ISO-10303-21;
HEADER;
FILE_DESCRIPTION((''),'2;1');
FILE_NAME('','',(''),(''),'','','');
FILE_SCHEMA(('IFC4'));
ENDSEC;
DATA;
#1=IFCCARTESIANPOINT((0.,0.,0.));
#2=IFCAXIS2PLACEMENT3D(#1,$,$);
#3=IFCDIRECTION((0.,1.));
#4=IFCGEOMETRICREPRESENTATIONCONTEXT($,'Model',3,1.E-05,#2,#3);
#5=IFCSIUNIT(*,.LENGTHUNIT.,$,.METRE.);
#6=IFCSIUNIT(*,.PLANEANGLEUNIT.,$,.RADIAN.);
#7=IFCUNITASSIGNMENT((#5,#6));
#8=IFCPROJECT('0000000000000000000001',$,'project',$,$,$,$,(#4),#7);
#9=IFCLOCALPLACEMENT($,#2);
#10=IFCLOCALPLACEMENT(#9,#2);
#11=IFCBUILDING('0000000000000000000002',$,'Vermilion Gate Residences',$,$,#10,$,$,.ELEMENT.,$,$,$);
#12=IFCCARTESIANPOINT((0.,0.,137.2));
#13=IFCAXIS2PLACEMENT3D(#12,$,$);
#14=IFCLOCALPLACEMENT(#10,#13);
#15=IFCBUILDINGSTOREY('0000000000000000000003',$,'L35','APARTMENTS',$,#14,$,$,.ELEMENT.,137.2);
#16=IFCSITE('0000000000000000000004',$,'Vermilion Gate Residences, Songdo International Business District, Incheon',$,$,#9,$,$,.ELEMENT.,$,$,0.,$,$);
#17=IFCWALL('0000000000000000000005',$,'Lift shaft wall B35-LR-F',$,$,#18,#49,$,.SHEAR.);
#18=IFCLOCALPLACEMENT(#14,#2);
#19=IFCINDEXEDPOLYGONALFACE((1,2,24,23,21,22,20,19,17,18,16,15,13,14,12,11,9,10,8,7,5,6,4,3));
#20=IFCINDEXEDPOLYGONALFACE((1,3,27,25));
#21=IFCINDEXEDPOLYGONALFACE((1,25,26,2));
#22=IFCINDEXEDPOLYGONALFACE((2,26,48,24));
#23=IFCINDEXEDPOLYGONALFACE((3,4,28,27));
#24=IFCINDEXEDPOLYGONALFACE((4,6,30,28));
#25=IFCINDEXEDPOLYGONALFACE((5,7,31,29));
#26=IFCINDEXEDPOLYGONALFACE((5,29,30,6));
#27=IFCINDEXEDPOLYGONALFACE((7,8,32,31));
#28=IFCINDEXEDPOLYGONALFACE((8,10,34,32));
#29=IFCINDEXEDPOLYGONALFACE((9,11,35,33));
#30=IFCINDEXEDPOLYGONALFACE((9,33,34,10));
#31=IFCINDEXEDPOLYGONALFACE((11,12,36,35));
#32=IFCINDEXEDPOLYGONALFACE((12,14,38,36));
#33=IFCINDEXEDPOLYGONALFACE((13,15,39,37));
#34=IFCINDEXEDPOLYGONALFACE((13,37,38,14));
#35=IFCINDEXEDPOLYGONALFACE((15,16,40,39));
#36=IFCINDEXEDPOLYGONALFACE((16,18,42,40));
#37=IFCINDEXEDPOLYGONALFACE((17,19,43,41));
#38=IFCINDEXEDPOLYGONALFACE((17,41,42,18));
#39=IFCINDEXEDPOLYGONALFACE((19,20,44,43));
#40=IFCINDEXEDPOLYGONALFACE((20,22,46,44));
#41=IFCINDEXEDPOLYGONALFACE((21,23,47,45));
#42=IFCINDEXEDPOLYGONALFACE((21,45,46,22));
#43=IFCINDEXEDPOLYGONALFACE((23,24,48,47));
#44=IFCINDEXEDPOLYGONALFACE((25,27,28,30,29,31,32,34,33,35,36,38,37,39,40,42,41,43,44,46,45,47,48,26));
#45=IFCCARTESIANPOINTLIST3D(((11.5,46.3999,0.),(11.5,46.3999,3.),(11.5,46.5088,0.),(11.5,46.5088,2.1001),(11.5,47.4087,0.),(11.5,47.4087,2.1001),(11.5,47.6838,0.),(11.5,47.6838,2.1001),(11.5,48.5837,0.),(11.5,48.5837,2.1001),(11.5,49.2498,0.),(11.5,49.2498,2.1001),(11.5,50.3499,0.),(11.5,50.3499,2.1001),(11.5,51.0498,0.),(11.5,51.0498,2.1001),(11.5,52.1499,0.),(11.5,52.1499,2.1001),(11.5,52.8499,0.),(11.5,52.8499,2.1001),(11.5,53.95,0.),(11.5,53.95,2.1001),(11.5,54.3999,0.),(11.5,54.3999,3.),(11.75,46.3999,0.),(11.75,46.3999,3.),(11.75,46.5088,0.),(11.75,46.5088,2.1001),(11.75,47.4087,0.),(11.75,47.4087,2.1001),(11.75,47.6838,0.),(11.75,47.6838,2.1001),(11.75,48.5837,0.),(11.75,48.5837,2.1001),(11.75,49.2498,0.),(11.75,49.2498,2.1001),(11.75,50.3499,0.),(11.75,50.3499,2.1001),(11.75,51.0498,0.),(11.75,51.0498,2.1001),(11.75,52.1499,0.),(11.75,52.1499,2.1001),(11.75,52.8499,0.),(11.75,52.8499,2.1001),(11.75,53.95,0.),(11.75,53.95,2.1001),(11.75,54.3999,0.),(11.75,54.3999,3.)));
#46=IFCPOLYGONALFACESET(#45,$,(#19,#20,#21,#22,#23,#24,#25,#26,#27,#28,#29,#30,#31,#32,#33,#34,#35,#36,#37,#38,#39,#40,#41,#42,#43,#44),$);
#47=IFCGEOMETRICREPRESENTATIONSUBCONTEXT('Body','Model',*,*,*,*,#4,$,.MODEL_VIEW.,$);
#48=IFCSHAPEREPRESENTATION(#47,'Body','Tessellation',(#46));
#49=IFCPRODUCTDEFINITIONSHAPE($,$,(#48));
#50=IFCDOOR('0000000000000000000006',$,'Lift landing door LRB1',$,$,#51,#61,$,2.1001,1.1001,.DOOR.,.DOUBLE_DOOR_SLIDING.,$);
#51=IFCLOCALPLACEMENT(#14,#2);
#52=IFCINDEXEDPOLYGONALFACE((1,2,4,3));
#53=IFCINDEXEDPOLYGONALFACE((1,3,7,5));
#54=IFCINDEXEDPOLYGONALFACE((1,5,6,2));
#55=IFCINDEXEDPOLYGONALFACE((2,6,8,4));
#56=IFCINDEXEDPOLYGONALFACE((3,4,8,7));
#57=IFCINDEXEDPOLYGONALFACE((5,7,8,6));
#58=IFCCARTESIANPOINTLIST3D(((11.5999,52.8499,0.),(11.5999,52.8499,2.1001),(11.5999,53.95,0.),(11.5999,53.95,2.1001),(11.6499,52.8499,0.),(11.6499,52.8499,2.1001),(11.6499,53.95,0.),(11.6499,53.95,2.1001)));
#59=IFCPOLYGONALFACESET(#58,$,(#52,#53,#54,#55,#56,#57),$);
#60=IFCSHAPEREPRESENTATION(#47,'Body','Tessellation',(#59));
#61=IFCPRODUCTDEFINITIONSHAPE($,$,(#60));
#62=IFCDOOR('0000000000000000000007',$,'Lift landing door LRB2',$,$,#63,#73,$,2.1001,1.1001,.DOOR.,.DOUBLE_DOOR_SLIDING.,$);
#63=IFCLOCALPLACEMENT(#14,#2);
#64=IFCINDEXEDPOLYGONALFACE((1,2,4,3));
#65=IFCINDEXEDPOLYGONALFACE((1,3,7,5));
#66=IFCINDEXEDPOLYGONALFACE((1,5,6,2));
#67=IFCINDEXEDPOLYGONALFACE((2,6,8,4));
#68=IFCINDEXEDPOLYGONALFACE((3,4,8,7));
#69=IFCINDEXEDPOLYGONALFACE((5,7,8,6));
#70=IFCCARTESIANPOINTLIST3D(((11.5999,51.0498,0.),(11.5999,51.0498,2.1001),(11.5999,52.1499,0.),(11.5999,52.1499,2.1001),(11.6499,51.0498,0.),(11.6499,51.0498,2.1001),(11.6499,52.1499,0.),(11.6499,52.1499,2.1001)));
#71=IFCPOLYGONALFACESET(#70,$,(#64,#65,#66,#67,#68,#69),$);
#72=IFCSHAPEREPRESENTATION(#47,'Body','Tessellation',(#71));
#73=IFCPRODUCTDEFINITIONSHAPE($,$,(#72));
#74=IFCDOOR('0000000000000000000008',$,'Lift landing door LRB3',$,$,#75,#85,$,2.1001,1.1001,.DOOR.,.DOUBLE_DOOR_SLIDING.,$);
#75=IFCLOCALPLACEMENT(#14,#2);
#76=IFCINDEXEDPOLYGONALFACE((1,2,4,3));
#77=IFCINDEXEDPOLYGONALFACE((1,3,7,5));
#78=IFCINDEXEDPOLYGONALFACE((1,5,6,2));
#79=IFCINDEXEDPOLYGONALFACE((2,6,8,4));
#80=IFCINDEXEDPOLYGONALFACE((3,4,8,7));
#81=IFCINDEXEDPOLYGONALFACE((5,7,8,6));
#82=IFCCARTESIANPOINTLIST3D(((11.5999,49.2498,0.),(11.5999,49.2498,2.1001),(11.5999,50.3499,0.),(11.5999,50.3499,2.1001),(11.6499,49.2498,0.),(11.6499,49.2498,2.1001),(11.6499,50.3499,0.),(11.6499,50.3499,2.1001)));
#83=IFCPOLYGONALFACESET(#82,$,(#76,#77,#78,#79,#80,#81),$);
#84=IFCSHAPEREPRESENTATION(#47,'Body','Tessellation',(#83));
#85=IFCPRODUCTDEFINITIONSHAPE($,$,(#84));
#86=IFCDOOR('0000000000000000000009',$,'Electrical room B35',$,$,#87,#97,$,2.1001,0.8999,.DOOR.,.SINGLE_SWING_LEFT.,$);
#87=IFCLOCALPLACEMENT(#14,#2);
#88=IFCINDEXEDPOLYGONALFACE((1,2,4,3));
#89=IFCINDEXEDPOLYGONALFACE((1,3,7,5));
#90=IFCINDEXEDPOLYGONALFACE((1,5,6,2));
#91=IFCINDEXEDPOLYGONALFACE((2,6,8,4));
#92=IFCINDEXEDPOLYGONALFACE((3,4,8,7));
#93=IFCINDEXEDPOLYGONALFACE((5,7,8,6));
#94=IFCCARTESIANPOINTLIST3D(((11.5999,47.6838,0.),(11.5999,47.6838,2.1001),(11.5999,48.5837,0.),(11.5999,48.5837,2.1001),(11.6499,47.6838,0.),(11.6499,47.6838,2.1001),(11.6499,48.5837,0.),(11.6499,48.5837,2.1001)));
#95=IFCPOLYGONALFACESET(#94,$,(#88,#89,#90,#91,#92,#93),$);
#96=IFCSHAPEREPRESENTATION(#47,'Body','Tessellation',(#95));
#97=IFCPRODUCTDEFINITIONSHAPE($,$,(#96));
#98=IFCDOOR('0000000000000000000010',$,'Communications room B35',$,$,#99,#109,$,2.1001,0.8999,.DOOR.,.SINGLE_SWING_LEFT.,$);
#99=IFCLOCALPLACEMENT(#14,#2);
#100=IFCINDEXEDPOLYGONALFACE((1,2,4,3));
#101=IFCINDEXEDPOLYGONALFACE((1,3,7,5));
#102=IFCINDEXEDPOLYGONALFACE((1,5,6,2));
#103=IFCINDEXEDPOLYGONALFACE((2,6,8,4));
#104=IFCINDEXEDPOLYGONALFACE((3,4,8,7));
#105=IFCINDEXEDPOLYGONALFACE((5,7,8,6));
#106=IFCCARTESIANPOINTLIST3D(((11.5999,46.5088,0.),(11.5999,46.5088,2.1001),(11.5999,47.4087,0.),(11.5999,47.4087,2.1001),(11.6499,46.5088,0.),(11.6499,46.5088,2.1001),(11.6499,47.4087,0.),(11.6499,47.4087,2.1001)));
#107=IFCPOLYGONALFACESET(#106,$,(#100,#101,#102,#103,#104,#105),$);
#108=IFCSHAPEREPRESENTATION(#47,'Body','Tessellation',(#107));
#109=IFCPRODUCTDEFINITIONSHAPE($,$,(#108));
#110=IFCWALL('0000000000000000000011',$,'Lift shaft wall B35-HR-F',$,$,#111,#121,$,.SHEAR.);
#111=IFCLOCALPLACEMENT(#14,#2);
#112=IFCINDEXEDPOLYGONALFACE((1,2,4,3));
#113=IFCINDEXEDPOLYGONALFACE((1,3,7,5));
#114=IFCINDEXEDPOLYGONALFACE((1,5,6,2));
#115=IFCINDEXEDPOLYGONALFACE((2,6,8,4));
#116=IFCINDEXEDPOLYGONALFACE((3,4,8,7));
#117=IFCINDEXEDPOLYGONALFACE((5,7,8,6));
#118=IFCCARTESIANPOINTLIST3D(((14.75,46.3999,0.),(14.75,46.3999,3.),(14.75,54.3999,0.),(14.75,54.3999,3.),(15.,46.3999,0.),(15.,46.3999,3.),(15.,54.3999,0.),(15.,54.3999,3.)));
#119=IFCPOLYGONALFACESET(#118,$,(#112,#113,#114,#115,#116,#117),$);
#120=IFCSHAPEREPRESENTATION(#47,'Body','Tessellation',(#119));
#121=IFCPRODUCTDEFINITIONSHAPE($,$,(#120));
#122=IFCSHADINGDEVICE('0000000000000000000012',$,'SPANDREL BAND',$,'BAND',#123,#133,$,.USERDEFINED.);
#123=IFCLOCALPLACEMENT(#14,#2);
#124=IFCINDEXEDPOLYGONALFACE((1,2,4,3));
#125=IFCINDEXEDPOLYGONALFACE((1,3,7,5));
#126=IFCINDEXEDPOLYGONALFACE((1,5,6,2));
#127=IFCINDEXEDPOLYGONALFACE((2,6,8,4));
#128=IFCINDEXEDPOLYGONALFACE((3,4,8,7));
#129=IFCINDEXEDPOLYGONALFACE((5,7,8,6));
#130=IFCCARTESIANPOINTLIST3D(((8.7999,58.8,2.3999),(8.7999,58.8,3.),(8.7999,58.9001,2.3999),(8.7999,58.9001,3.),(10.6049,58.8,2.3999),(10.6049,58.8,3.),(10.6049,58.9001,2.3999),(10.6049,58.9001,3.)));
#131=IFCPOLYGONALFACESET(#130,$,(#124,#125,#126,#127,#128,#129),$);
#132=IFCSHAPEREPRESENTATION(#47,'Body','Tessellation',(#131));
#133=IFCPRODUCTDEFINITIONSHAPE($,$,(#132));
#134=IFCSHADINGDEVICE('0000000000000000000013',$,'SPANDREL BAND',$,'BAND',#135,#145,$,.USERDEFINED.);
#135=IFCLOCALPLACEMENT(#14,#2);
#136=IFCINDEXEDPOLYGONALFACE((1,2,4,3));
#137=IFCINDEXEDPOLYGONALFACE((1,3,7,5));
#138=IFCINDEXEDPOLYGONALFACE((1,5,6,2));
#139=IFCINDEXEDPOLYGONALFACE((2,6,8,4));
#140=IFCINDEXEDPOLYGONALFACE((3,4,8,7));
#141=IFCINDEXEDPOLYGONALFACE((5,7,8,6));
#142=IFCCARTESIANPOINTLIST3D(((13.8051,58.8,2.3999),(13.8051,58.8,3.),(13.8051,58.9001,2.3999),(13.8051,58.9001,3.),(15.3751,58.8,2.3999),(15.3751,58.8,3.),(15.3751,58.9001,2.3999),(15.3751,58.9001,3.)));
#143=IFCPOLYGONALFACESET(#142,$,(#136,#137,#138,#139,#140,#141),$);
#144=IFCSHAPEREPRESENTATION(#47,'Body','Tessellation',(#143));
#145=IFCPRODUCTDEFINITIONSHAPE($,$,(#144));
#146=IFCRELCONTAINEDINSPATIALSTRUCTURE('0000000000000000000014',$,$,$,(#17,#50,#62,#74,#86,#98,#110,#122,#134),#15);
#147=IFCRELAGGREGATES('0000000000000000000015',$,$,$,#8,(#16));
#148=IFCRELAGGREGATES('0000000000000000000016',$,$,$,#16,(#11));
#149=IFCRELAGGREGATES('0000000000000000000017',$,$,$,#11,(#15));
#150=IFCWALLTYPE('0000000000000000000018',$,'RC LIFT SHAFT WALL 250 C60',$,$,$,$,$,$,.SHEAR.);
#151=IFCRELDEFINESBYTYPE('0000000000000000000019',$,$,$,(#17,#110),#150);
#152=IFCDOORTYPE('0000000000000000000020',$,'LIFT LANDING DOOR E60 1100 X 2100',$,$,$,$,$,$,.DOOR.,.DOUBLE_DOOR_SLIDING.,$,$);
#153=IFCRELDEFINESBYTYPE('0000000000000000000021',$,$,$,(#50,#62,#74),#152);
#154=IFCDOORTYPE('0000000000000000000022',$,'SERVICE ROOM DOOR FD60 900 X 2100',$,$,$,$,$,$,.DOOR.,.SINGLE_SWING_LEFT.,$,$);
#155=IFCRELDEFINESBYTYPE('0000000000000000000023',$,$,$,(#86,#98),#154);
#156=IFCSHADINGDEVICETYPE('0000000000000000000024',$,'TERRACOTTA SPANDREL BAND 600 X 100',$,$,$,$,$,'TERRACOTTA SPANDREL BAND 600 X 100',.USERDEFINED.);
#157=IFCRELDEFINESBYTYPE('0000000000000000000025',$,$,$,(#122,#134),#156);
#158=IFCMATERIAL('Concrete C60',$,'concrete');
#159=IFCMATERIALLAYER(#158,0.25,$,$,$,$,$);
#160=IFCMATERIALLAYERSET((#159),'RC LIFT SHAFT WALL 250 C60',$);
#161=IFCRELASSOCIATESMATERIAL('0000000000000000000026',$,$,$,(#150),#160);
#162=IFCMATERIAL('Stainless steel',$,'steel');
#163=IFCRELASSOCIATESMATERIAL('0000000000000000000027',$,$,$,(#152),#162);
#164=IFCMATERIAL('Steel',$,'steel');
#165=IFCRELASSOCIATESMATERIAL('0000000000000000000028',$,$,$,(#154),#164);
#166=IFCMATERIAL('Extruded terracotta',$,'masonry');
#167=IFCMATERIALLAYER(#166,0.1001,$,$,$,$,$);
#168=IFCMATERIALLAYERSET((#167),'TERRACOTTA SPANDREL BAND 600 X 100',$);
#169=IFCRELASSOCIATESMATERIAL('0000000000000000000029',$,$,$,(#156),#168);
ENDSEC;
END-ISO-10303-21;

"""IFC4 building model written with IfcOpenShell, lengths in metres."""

from ifc_helpers import new_model, si_unit, direction, frame, frame_2d, origin, origin_2d, place, context, subcontext, project, spatial, rectangle, extrude, material, layer, layer_set, type_object, element, fill, save


model = new_model("IFC4")

# Units and contexts
model_context = context("Model", 3, precision=1e-05, world=origin(), true_north=direction((0.0, 1.0)))
body_context = subcontext(model_context, "Body", "Model", "MODEL_VIEW")
ifc_project = project(units=[si_unit("LENGTHUNIT", "METRE"), si_unit("PLANEANGLEUNIT", "RADIAN")], contexts=[model_context])

# Site, building, storey
site_placement = place(None, origin())
site = spatial("IfcSite", under=ifc_project, at=site_placement, Name="Vermilion Gate Residences, Songdo International Business District, Incheon", CompositionType="ELEMENT", RefElevation=0.0)
building_placement = place(site_placement, origin())
building = spatial("IfcBuilding", under=site, at=building_placement, Name="Vermilion Gate Residences", CompositionType="ELEMENT")
storey_placement = place(building_placement, frame((0.0, 0.0, 137.2)))
storey = spatial("IfcBuildingStorey", under=building, at=storey_placement, Name="L35", Description="APARTMENTS", CompositionType="ELEMENT", Elevation=137.2)

# Wall, openings, doors
ifc_material_1 = material(Name="Concrete C60", Category="concrete")
ifc_layer_1 = layer(ifc_material_1, 0.25)
ifc_layer_set_1 = layer_set([ifc_layer_1], Name="RC LIFT SHAFT WALL 250 C60")
wall_type_1 = type_object("IfcWallType", Name="RC LIFT SHAFT WALL 250 C60", PredefinedType="SHEAR", material=ifc_layer_set_1)
wall_1_placement = place(storey_placement, frame((11.625, 54.3999, 0.0), z_axis=(0.0, 0.0, 1.0), x_axis=(0.0, -1.0, 0.0)))
wall_1 = element("IfcWall", 1, at=wall_1_placement, inside=storey, type_object=wall_type_1, Name="Lift shaft wall B35-LR-F", PredefinedType="SHEAR", context=body_context, shape_type="SweptSolid", body=[
    extrude(rectangle(XDim=8.0, YDim=0.25, at=frame_2d((4.0, 0.0))), origin(), (0.0, 0.0, 1.0), 3.0),
])
opening_1_placement = place(wall_1_placement, frame((0.45, 0.0, 0.0)))
opening_1 = element("IfcOpeningElement", 2, at=opening_1_placement, cuts=wall_1, PredefinedType="OPENING", context=body_context, shape_type="SweptSolid", body=[
    extrude(rectangle(XDim=1.1001, YDim=2.1001, at=frame_2d((0.55, 1.05))), frame((0.0, 0.135, 0.0), z_axis=(0.0, -1.0, 0.0), x_axis=(1.0, 0.0, 0.0)), (0.0, 0.0, 1.0), 0.27),
])
opening_2_placement = place(wall_1_placement, frame((2.25, 0.0, 0.0)))
opening_2 = element("IfcOpeningElement", 3, at=opening_2_placement, cuts=wall_1, PredefinedType="OPENING", context=body_context, shape_type="SweptSolid", body=[
    extrude(rectangle(XDim=1.1001, YDim=2.1001, at=frame_2d((0.55, 1.05))), frame((0.0, 0.135, 0.0), z_axis=(0.0, -1.0, 0.0), x_axis=(1.0, 0.0, 0.0)), (0.0, 0.0, 1.0), 0.27),
])
opening_3_placement = place(wall_1_placement, frame((4.05, 0.0, 0.0)))
opening_3 = element("IfcOpeningElement", 4, at=opening_3_placement, cuts=wall_1, PredefinedType="OPENING", context=body_context, shape_type="SweptSolid", body=[
    extrude(rectangle(XDim=1.1001, YDim=2.1001, at=frame_2d((0.55, 1.05))), frame((0.0, 0.135, 0.0), z_axis=(0.0, -1.0, 0.0), x_axis=(1.0, 0.0, 0.0)), (0.0, 0.0, 1.0), 0.27),
])
opening_4_placement = place(wall_1_placement, frame((5.8162, 0.0, 0.0)))
opening_4 = element("IfcOpeningElement", 5, at=opening_4_placement, cuts=wall_1, PredefinedType="OPENING", context=body_context, shape_type="SweptSolid", body=[
    extrude(rectangle(XDim=0.8999, YDim=2.1001, at=frame_2d((0.45, 1.05))), frame((0.0, 0.135, 0.0), z_axis=(0.0, -1.0, 0.0), x_axis=(1.0, 0.0, 0.0)), (0.0, 0.0, 1.0), 0.27),
])
opening_5_placement = place(wall_1_placement, frame((6.9912, 0.0, 0.0)))
opening_5 = element("IfcOpeningElement", 6, at=opening_5_placement, cuts=wall_1, PredefinedType="OPENING", context=body_context, shape_type="SweptSolid", body=[
    extrude(rectangle(XDim=0.8999, YDim=2.1001, at=frame_2d((0.45, 1.05))), frame((0.0, 0.135, 0.0), z_axis=(0.0, -1.0, 0.0), x_axis=(1.0, 0.0, 0.0)), (0.0, 0.0, 1.0), 0.27),
])
ifc_material_2 = material(Name="Stainless steel", Category="steel")
door_type_1 = type_object("IfcDoorType", Name="LIFT LANDING DOOR E60 1100 X 2100", OperationType="DOUBLE_DOOR_SLIDING", PredefinedType="DOOR", material=ifc_material_2)
door_1_placement = place(opening_1_placement, origin())
door_1 = element("IfcDoor", 7, at=door_1_placement, inside=storey, type_object=door_type_1, Name="Lift landing door LRB1", OperationType="DOUBLE_DOOR_SLIDING", OverallHeight=2.1001, OverallWidth=1.1001, PredefinedType="DOOR", context=body_context, shape_type="SweptSolid", body=[
    extrude(rectangle(XDim=1.1001, YDim=2.1001, at=frame_2d((0.55, 1.05))), frame((0.0, 0.0249, 0.0), z_axis=(0.0, -1.0, 0.0), x_axis=(1.0, 0.0, 0.0)), (0.0, 0.0, 1.0), 0.05),
])
fill(opening_1, door_1)
door_2_placement = place(opening_2_placement, origin())
door_2 = element("IfcDoor", 8, at=door_2_placement, inside=storey, type_object=door_type_1, Name="Lift landing door LRB2", OperationType="DOUBLE_DOOR_SLIDING", OverallHeight=2.1001, OverallWidth=1.1001, PredefinedType="DOOR", context=body_context, shape_type="SweptSolid", body=[
    extrude(rectangle(XDim=1.1001, YDim=2.1001, at=frame_2d((0.55, 1.05))), frame((0.0, 0.0249, 0.0), z_axis=(0.0, -1.0, 0.0), x_axis=(1.0, 0.0, 0.0)), (0.0, 0.0, 1.0), 0.05),
])
fill(opening_2, door_2)
door_3_placement = place(opening_3_placement, origin())
door_3 = element("IfcDoor", 9, at=door_3_placement, inside=storey, type_object=door_type_1, Name="Lift landing door LRB3", OperationType="DOUBLE_DOOR_SLIDING", OverallHeight=2.1001, OverallWidth=1.1001, PredefinedType="DOOR", context=body_context, shape_type="SweptSolid", body=[
    extrude(rectangle(XDim=1.1001, YDim=2.1001, at=frame_2d((0.55, 1.05))), frame((0.0, 0.0249, 0.0), z_axis=(0.0, -1.0, 0.0), x_axis=(1.0, 0.0, 0.0)), (0.0, 0.0, 1.0), 0.05),
])
fill(opening_3, door_3)
ifc_material_3 = material(Name="Steel", Category="steel")
door_type_2 = type_object("IfcDoorType", Name="SERVICE ROOM DOOR FD60 900 X 2100", OperationType="SINGLE_SWING_LEFT", PredefinedType="DOOR", material=ifc_material_3)
door_4_placement = place(opening_4_placement, origin())
door_4 = element("IfcDoor", 10, at=door_4_placement, inside=storey, type_object=door_type_2, Name="Electrical room B35", OperationType="SINGLE_SWING_LEFT", OverallHeight=2.1001, OverallWidth=0.8999, PredefinedType="DOOR", context=body_context, shape_type="SweptSolid", body=[
    extrude(rectangle(XDim=0.8999, YDim=2.1001, at=frame_2d((0.45, 1.05))), frame((0.0, 0.0249, 0.0), z_axis=(0.0, -1.0, 0.0), x_axis=(1.0, 0.0, 0.0)), (0.0, 0.0, 1.0), 0.05),
])
fill(opening_4, door_4)
door_5_placement = place(opening_5_placement, origin())
door_5 = element("IfcDoor", 11, at=door_5_placement, inside=storey, type_object=door_type_2, Name="Communications room B35", OperationType="SINGLE_SWING_LEFT", OverallHeight=2.1001, OverallWidth=0.8999, PredefinedType="DOOR", context=body_context, shape_type="SweptSolid", body=[
    extrude(rectangle(XDim=0.8999, YDim=2.1001, at=frame_2d((0.45, 1.05))), frame((0.0, 0.0249, 0.0), z_axis=(0.0, -1.0, 0.0), x_axis=(1.0, 0.0, 0.0)), (0.0, 0.0, 1.0), 0.05),
])
fill(opening_5, door_5)

# Wall
wall_2_placement = place(storey_placement, frame((14.875, 54.3999, 0.0), z_axis=(0.0, 0.0, 1.0), x_axis=(0.0, -1.0, 0.0)))
element("IfcWall", 12, at=wall_2_placement, inside=storey, type_object=wall_type_1, Name="Lift shaft wall B35-HR-F", PredefinedType="SHEAR", context=body_context, shape_type="SweptSolid", body=[
    extrude(rectangle(XDim=8.0, YDim=0.25, at=frame_2d((4.0, 0.0))), origin(), (0.0, 0.0, 1.0), 3.0),
])

# Shading devices
ifc_material_4 = material(Name="Extruded terracotta", Category="masonry")
ifc_layer_2 = layer(ifc_material_4, 0.1001)
ifc_layer_set_2 = layer_set([ifc_layer_2], Name="TERRACOTTA SPANDREL BAND 600 X 100")
shading_device_type = type_object("IfcShadingDeviceType", Name="TERRACOTTA SPANDREL BAND 600 X 100", ElementType="TERRACOTTA SPANDREL BAND 600 X 100", PredefinedType="USERDEFINED", material=ifc_layer_set_2)
shading_device_1_placement = place(storey_placement, frame((9.7024, 58.8501, 2.3999), z_axis=(0.0, 0.0, 1.0), x_axis=(1.0, 0.0, 0.0)))
element("IfcShadingDevice", 13, at=shading_device_1_placement, inside=storey, type_object=shading_device_type, Name="SPANDREL BAND", ObjectType="BAND", PredefinedType="USERDEFINED", context=body_context, shape_type="SweptSolid", body=[
    extrude(rectangle(XDim=1.8049, YDim=0.1001, at=origin_2d()), origin(), (0.0, 0.0, 1.0), 0.6001),
])
shading_device_2_placement = place(storey_placement, frame((14.5901, 58.8501, 2.3999), z_axis=(0.0, 0.0, 1.0), x_axis=(1.0, 0.0, 0.0)))
element("IfcShadingDevice", 14, at=shading_device_2_placement, inside=storey, type_object=shading_device_type, Name="SPANDREL BAND", ObjectType="BAND", PredefinedType="USERDEFINED", context=body_context, shape_type="SweptSolid", body=[
    extrude(rectangle(XDim=1.5701, YDim=0.1001, at=origin_2d()), origin(), (0.0, 0.0, 1.0), 0.6001),
])

save(model, "model.ifc")
